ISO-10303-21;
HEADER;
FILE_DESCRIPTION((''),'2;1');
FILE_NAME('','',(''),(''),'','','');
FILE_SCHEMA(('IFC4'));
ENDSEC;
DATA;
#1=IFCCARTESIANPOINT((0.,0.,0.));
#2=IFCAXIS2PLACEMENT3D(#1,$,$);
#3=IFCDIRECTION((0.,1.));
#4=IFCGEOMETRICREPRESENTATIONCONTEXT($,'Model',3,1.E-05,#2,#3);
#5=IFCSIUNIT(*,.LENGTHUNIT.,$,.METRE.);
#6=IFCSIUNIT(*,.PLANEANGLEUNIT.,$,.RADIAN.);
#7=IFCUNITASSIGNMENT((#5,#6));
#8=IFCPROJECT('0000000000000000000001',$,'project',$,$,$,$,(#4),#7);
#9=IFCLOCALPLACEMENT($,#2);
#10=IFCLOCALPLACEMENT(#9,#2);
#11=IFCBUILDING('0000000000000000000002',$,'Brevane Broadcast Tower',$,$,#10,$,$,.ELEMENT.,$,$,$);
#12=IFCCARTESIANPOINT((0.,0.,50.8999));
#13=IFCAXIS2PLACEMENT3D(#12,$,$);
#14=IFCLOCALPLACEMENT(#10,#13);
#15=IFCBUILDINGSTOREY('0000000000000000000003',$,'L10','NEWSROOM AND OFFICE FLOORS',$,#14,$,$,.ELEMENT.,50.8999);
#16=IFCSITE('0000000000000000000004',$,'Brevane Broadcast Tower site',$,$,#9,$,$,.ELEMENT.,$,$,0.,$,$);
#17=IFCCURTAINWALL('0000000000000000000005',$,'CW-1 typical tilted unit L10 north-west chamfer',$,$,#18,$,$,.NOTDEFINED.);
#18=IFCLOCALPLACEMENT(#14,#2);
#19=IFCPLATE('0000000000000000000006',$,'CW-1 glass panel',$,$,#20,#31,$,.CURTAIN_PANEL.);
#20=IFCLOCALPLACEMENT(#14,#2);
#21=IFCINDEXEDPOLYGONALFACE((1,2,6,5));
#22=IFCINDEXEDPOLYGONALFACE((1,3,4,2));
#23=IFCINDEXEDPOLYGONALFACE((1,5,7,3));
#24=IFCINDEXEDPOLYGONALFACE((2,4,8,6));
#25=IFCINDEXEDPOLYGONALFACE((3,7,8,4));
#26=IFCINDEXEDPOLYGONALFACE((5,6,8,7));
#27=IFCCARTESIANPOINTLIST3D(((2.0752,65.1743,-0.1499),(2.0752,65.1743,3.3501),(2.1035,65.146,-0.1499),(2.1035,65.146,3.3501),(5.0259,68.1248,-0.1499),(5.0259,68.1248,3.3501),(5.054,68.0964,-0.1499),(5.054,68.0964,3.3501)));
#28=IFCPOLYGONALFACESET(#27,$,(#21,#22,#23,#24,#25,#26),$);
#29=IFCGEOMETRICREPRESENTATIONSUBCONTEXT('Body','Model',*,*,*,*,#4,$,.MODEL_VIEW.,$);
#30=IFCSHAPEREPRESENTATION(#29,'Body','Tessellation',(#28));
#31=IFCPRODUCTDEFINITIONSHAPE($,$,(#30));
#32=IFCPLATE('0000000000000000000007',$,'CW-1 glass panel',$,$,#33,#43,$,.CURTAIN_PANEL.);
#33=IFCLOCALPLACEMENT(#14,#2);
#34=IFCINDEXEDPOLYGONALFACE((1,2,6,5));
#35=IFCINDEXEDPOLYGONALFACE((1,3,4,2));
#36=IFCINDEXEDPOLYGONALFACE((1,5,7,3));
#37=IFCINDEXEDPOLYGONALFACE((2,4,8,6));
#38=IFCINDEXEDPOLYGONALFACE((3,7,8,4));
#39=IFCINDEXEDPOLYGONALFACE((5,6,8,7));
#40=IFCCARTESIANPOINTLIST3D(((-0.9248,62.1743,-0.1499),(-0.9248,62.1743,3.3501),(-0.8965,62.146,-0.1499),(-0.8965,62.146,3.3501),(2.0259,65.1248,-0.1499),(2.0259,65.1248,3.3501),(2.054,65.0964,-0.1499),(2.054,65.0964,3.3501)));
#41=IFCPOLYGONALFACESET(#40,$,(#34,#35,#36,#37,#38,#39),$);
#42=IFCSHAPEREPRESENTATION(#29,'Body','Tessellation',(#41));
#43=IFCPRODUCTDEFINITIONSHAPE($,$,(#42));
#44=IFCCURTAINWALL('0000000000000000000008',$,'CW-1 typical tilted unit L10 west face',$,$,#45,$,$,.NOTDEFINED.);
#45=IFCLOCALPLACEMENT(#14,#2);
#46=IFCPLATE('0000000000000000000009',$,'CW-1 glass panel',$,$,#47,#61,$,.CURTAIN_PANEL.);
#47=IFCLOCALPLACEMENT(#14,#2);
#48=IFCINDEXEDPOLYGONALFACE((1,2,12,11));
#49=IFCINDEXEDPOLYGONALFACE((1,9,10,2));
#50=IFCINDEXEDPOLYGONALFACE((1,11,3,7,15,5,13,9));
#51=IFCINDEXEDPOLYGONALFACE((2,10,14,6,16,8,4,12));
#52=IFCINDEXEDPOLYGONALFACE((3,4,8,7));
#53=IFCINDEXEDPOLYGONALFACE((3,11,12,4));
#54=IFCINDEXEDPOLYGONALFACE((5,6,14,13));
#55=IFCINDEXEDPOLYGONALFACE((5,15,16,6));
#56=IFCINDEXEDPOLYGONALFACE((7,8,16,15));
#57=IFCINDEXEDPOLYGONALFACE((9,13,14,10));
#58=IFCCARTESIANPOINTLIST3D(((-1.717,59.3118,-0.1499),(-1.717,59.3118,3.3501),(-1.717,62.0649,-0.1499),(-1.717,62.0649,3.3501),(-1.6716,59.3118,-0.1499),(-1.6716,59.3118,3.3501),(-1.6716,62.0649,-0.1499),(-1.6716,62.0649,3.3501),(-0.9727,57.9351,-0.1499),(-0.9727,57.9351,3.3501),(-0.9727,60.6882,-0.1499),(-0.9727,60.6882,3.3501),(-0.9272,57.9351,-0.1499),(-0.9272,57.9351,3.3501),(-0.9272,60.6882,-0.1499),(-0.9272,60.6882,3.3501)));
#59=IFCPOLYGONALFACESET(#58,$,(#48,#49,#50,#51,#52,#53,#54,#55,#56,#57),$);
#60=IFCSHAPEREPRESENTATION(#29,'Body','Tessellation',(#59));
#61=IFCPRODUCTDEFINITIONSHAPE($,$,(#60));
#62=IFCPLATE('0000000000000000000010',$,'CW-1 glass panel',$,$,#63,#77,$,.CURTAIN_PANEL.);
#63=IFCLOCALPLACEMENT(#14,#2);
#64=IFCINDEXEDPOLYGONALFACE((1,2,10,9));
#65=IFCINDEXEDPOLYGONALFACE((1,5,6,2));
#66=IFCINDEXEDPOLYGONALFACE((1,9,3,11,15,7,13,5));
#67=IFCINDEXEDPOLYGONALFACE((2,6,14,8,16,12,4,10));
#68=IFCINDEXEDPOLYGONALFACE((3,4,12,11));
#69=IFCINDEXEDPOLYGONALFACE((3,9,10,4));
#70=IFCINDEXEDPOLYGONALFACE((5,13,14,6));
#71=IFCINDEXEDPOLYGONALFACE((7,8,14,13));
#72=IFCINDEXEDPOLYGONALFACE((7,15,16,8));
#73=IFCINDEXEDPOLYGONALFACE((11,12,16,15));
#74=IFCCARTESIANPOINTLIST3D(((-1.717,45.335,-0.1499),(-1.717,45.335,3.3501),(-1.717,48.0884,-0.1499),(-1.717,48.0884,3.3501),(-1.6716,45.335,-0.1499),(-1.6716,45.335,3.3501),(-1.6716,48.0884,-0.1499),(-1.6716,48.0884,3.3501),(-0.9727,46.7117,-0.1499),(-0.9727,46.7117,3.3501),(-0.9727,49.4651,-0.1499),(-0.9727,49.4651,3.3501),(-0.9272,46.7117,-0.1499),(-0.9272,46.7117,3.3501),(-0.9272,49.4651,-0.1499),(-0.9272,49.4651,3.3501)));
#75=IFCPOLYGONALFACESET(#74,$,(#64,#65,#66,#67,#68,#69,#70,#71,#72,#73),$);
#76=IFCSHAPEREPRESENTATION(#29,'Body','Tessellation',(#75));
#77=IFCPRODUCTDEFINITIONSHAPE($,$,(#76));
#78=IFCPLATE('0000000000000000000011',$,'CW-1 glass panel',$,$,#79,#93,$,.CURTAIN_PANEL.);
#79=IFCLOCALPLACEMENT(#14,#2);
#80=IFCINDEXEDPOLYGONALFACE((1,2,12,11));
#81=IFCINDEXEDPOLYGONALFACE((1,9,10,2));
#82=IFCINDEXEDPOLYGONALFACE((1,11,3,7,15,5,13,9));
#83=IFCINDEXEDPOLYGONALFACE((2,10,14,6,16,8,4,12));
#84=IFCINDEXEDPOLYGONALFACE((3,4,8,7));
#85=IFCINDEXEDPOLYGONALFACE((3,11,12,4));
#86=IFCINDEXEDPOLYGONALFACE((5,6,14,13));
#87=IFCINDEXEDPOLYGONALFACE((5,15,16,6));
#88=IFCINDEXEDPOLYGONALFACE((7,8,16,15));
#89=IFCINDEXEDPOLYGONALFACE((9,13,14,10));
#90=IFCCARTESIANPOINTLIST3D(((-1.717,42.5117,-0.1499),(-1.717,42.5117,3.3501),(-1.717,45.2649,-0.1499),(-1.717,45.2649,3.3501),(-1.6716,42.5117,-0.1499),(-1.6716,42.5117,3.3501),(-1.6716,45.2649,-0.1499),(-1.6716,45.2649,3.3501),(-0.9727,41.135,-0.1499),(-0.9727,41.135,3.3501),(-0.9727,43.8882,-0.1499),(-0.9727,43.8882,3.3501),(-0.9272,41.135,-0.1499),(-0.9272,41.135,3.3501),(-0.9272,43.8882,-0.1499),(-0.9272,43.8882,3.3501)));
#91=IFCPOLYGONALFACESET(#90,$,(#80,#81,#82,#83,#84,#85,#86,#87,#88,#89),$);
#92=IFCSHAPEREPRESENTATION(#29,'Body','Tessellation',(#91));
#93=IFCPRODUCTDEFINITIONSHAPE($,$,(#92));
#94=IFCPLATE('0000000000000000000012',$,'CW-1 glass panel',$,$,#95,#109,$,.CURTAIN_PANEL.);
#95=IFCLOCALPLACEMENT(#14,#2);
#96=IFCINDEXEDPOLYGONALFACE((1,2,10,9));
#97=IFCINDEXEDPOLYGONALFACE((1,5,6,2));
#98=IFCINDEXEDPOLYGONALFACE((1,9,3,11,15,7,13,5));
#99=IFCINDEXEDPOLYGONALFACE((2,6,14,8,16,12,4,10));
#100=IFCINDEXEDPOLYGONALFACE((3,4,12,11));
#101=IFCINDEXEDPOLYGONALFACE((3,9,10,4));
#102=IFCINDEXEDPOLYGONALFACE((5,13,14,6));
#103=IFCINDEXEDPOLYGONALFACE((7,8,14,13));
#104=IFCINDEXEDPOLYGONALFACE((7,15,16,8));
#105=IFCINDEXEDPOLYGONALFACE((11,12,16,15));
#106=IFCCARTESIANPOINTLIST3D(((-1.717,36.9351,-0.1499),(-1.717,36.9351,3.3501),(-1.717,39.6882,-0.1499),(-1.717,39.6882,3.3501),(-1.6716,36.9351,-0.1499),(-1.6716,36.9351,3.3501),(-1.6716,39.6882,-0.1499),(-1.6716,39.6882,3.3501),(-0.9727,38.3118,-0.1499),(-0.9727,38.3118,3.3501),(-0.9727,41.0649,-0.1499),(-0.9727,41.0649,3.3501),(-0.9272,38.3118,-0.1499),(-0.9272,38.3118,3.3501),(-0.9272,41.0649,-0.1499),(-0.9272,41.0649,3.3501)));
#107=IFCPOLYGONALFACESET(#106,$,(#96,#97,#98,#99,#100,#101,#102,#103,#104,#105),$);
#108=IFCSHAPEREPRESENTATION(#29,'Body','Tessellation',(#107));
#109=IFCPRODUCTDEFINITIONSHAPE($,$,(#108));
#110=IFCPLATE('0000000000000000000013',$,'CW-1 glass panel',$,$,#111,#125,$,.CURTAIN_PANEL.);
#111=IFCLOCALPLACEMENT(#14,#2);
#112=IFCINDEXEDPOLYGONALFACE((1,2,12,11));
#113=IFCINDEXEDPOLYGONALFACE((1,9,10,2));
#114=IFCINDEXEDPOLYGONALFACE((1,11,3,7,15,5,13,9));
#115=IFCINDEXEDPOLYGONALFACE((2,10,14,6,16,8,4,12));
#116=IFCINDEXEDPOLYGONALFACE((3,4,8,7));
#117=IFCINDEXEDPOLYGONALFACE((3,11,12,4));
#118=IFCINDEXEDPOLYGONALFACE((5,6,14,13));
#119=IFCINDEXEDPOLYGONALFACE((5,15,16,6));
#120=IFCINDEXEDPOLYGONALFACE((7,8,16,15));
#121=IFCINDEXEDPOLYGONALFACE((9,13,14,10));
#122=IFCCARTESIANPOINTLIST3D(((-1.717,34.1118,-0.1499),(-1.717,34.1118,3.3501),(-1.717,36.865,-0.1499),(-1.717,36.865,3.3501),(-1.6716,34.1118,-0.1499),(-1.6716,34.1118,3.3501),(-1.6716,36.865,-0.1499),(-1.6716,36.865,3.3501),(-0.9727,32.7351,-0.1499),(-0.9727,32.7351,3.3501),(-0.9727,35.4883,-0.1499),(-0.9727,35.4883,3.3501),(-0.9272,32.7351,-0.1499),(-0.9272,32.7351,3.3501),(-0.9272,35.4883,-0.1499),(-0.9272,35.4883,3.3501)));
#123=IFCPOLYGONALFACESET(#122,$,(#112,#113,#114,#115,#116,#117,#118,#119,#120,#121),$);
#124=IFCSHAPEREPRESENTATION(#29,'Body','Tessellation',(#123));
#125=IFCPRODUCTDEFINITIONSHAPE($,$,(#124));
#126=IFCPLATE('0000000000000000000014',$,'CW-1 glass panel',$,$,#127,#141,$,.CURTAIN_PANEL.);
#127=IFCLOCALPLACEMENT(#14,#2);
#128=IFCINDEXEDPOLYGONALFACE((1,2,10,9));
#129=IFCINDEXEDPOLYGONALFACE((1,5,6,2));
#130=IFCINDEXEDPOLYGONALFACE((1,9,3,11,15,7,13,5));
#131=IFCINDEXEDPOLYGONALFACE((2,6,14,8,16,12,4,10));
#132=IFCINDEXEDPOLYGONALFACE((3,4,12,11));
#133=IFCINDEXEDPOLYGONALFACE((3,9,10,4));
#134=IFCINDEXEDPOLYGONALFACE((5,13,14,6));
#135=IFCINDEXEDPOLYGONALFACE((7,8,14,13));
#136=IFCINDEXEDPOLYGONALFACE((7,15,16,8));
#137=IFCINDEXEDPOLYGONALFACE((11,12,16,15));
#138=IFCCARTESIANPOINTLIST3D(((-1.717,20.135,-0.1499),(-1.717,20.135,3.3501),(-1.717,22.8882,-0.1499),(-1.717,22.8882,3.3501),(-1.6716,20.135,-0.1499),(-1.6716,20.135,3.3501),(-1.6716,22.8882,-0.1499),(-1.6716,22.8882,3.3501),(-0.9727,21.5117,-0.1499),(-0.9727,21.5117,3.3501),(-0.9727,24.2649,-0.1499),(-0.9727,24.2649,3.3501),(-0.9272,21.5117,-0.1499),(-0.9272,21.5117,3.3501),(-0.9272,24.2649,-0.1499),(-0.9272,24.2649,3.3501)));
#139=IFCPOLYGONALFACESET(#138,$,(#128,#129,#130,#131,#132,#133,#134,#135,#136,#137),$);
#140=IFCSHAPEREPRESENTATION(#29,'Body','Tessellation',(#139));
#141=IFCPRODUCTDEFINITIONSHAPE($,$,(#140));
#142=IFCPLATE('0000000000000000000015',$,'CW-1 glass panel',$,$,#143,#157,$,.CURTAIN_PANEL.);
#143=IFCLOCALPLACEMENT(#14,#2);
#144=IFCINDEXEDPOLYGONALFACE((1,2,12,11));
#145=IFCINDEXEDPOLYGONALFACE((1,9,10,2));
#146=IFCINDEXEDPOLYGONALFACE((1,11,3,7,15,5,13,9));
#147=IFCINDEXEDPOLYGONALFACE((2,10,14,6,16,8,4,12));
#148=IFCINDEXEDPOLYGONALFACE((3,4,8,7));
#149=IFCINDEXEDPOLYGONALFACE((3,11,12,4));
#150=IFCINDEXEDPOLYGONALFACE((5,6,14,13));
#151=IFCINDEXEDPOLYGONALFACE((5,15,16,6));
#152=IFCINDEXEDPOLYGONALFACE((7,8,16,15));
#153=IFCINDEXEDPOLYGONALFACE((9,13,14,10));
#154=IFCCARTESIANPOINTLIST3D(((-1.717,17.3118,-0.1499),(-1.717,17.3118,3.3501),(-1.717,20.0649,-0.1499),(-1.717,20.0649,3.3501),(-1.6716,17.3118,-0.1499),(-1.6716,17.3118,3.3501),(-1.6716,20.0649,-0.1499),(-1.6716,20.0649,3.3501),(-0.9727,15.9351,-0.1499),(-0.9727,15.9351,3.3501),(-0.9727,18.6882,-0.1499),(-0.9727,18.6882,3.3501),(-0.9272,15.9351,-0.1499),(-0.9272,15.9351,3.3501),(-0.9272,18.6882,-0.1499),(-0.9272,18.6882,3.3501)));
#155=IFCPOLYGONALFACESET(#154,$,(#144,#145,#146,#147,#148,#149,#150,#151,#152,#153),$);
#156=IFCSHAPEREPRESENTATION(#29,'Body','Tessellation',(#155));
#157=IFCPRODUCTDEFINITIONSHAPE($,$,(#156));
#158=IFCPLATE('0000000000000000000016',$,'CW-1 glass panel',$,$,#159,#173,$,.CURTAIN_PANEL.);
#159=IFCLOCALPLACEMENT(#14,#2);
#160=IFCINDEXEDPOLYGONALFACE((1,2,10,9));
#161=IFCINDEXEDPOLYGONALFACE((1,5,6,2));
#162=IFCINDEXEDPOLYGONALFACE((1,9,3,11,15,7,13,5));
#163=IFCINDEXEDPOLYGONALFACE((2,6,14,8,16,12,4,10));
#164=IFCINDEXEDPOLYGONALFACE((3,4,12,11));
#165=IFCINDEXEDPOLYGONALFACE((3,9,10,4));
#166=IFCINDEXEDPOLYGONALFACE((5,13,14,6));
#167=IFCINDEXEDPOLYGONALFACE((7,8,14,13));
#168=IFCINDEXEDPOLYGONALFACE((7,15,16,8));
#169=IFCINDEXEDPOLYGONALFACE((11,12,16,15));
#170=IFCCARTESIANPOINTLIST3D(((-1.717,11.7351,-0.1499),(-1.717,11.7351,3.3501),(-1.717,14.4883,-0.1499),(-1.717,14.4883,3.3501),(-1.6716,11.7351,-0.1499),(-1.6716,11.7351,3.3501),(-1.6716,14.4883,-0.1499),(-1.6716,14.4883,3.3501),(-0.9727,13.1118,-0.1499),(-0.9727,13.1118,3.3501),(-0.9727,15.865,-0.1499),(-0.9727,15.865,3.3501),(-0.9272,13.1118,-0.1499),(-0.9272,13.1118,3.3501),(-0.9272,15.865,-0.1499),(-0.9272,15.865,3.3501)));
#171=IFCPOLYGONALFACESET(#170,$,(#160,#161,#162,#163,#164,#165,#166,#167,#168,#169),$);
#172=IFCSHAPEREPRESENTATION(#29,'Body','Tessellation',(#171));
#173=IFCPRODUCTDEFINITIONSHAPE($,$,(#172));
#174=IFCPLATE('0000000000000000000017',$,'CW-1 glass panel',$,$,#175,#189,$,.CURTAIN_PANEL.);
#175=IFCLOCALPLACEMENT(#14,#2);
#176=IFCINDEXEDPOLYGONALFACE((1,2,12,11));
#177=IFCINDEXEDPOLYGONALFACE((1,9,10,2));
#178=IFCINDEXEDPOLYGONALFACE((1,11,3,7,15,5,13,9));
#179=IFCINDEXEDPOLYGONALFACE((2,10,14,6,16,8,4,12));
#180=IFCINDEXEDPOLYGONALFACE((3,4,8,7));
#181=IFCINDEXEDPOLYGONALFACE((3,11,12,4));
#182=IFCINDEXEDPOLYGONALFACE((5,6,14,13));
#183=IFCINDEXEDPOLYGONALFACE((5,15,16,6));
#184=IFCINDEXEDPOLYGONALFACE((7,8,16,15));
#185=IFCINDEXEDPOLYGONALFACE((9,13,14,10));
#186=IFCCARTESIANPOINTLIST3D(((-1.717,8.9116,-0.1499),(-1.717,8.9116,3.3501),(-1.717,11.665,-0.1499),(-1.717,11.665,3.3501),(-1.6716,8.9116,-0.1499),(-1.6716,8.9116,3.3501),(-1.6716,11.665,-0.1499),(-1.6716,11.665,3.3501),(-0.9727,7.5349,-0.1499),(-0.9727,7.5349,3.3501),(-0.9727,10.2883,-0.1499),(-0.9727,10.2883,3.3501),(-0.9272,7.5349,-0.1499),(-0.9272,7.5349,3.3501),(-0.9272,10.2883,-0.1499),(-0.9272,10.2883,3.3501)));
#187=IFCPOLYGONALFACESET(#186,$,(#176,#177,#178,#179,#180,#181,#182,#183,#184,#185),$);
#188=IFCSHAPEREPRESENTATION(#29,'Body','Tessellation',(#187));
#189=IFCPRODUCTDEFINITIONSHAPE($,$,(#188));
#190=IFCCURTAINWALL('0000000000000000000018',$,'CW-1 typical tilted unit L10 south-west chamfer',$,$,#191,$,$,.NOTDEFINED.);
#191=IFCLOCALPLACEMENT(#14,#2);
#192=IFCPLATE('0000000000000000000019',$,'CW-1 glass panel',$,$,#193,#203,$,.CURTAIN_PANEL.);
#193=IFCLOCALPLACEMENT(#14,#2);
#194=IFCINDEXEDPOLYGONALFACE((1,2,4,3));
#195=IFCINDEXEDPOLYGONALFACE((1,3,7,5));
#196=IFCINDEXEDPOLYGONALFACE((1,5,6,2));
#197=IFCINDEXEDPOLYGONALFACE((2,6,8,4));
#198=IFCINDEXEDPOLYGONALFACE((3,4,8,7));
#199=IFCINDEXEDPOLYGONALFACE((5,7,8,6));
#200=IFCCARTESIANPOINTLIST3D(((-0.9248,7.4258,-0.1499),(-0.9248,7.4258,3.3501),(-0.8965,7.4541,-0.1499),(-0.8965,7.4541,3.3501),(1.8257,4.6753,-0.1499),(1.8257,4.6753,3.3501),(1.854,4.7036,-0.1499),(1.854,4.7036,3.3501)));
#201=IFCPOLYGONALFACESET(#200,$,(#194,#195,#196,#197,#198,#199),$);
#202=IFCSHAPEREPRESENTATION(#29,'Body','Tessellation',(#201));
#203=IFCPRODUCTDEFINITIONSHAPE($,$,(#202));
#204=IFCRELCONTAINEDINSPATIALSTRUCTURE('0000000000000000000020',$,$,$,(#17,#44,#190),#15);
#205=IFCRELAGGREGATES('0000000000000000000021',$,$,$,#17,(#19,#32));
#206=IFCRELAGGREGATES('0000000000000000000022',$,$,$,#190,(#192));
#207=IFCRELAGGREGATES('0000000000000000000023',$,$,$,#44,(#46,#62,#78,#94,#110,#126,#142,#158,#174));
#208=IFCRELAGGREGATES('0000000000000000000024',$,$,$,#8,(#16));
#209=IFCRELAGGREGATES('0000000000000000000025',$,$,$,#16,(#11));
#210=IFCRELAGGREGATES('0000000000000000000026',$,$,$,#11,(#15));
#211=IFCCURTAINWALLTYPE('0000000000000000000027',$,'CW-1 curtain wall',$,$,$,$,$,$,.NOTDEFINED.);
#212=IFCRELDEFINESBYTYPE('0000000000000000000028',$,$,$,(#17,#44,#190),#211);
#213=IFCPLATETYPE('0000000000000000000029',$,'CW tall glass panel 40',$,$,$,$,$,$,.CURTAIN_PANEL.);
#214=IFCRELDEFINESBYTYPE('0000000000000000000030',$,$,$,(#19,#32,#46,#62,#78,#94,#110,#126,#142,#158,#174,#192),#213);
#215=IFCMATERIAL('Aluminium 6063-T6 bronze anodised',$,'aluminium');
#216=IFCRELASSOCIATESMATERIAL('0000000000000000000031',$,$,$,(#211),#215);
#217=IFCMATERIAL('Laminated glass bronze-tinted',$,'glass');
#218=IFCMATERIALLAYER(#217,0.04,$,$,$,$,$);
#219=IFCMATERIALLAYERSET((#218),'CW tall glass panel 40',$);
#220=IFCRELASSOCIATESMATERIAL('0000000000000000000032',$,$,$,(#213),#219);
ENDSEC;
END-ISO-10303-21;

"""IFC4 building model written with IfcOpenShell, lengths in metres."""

from ifc_helpers import new_model, si_unit, direction, frame, origin, place, context, subcontext, project, spatial, polyline, outline, extrude, material, layer, layer_set, type_object, element, aggregate, save


model = new_model("IFC4")

# Units and contexts
model_context = context("Model", 3, precision=1e-05, world=origin(), true_north=direction((0.0, 1.0)))
body_context = subcontext(model_context, "Body", "Model", "MODEL_VIEW")
ifc_project = project(units=[si_unit("LENGTHUNIT", "METRE"), si_unit("PLANEANGLEUNIT", "RADIAN")], contexts=[model_context])

# Site, building, storey
site_placement = place(None, origin())
site = spatial("IfcSite", under=ifc_project, at=site_placement, Name="Brevane Broadcast Tower site", CompositionType="ELEMENT", RefElevation=0.0)
building_placement = place(site_placement, origin())
building = spatial("IfcBuilding", under=site, at=building_placement, Name="Brevane Broadcast Tower", CompositionType="ELEMENT")
storey_placement = place(building_placement, frame((0.0, 0.0, 50.8999)))
storey = spatial("IfcBuildingStorey", under=building, at=storey_placement, Name="L10", Description="NEWSROOM AND OFFICE FLOORS", CompositionType="ELEMENT", Elevation=50.8999)

# Curtain walls, plates
ifc_material_1 = material(Name="Aluminium 6063-T6 bronze anodised", Category="aluminium")
curtain_wall_type = type_object("IfcCurtainWallType", Name="CW-1 curtain wall", PredefinedType="NOTDEFINED", material=ifc_material_1)
curtain_wall_1_placement = place(storey_placement, origin())
curtain_wall_1 = element("IfcCurtainWall", 1, at=curtain_wall_1_placement, inside=storey, type_object=curtain_wall_type, Name="CW-1 typical tilted unit L10 north-west chamfer", PredefinedType="NOTDEFINED")
ifc_material_2 = material(Name="Laminated glass bronze-tinted", Category="glass")
ifc_layer_1 = layer(ifc_material_2, 0.04)
ifc_layer_set_1 = layer_set([ifc_layer_1], Name="CW tall glass panel 40")
plate_type = type_object("IfcPlateType", Name="CW tall glass panel 40", PredefinedType="CURTAIN_PANEL", material=ifc_layer_set_1)
plate_1_placement = place(storey_placement, frame((0.0, 0.0, -0.1499)))
plate_1 = element("IfcPlate", 2, at=plate_1_placement, type_object=plate_type, Name="CW-1 glass panel", PredefinedType="CURTAIN_PANEL", context=body_context, shape_type="SweptSolid", body=[
    extrude(outline(polyline([(5.054, 68.0964), (2.1035, 65.146), (2.0752, 65.1743), (5.0259, 68.1248), (5.054, 68.0964)])), origin(), (0.0, 0.0, 1.0), 3.5),
])
plate_2_placement = place(storey_placement, frame((0.0, 0.0, -0.1499)))
plate_2 = element("IfcPlate", 3, at=plate_2_placement, type_object=plate_type, Name="CW-1 glass panel", PredefinedType="CURTAIN_PANEL", context=body_context, shape_type="SweptSolid", body=[
    extrude(outline(polyline([(2.054, 65.0964), (-0.8965, 62.146), (-0.9248, 62.1743), (2.0259, 65.1248), (2.054, 65.0964)])), origin(), (0.0, 0.0, 1.0), 3.5),
])
aggregate(curtain_wall_1, [plate_1, plate_2])
curtain_wall_2_placement = place(storey_placement, origin())
curtain_wall_2 = element("IfcCurtainWall", 4, at=curtain_wall_2_placement, inside=storey, type_object=curtain_wall_type, Name="CW-1 typical tilted unit L10 west face", PredefinedType="NOTDEFINED")
plate_3_placement = place(storey_placement, frame((0.0, 0.0, -0.1499)))
plate_3 = element("IfcPlate", 5, at=plate_3_placement, type_object=plate_type, Name="CW-1 glass panel", PredefinedType="CURTAIN_PANEL", context=body_context, shape_type="SweptSolid", body=[
    extrude(outline(polyline([(-1.6716, 62.0649), (-1.717, 62.0649), (-0.9727, 60.6882), (-1.717, 59.3118), (-0.9727, 57.9351), (-0.9272, 57.9351), (-1.6716, 59.3118), (-0.9272, 60.6882), (-1.6716, 62.0649)])), origin(), (0.0, 0.0, 1.0), 3.5),
])
plate_4_placement = place(storey_placement, frame((0.0, 0.0, -0.1499)))
plate_4 = element("IfcPlate", 6, at=plate_4_placement, type_object=plate_type, Name="CW-1 glass panel", PredefinedType="CURTAIN_PANEL", context=body_context, shape_type="SweptSolid", body=[
    extrude(outline(polyline([(-0.9272, 49.4651), (-0.9727, 49.4651), (-1.717, 48.0884), (-0.9727, 46.7117), (-1.717, 45.335), (-1.6716, 45.335), (-0.9272, 46.7117), (-1.6716, 48.0884), (-0.9272, 49.4651)])), origin(), (0.0, 0.0, 1.0), 3.5),
])
plate_5_placement = place(storey_placement, frame((0.0, 0.0, -0.1499)))
plate_5 = element("IfcPlate", 7, at=plate_5_placement, type_object=plate_type, Name="CW-1 glass panel", PredefinedType="CURTAIN_PANEL", context=body_context, shape_type="SweptSolid", body=[
    extrude(outline(polyline([(-1.6716, 45.2649), (-1.717, 45.2649), (-0.9727, 43.8882), (-1.717, 42.5117), (-0.9727, 41.135), (-0.9272, 41.135), (-1.6716, 42.5117), (-0.9272, 43.8882), (-1.6716, 45.2649)])), origin(), (0.0, 0.0, 1.0), 3.5),
])
plate_6_placement = place(storey_placement, frame((0.0, 0.0, -0.1499)))
plate_6 = element("IfcPlate", 8, at=plate_6_placement, type_object=plate_type, Name="CW-1 glass panel", PredefinedType="CURTAIN_PANEL", context=body_context, shape_type="SweptSolid", body=[
    extrude(outline(polyline([(-0.9272, 41.0649), (-0.9727, 41.0649), (-1.717, 39.6882), (-0.9727, 38.3118), (-1.717, 36.9351), (-1.6716, 36.9351), (-0.9272, 38.3118), (-1.6716, 39.6882), (-0.9272, 41.0649)])), origin(), (0.0, 0.0, 1.0), 3.5),
])
plate_7_placement = place(storey_placement, frame((0.0, 0.0, -0.1499)))
plate_7 = element("IfcPlate", 9, at=plate_7_placement, type_object=plate_type, Name="CW-1 glass panel", PredefinedType="CURTAIN_PANEL", context=body_context, shape_type="SweptSolid", body=[
    extrude(outline(polyline([(-1.6716, 36.865), (-1.717, 36.865), (-0.9727, 35.4883), (-1.717, 34.1118), (-0.9727, 32.7351), (-0.9272, 32.7351), (-1.6716, 34.1118), (-0.9272, 35.4883), (-1.6716, 36.865)])), origin(), (0.0, 0.0, 1.0), 3.5),
])
plate_8_placement = place(storey_placement, frame((0.0, 0.0, -0.1499)))
plate_8 = element("IfcPlate", 10, at=plate_8_placement, type_object=plate_type, Name="CW-1 glass panel", PredefinedType="CURTAIN_PANEL", context=body_context, shape_type="SweptSolid", body=[
    extrude(outline(polyline([(-0.9272, 24.2649), (-0.9727, 24.2649), (-1.717, 22.8882), (-0.9727, 21.5117), (-1.717, 20.135), (-1.6716, 20.135), (-0.9272, 21.5117), (-1.6716, 22.8882), (-0.9272, 24.2649)])), origin(), (0.0, 0.0, 1.0), 3.5),
])
plate_9_placement = place(storey_placement, frame((0.0, 0.0, -0.1499)))
plate_9 = element("IfcPlate", 11, at=plate_9_placement, type_object=plate_type, Name="CW-1 glass panel", PredefinedType="CURTAIN_PANEL", context=body_context, shape_type="SweptSolid", body=[
    extrude(outline(polyline([(-1.6716, 20.0649), (-1.717, 20.0649), (-0.9727, 18.6882), (-1.717, 17.3118), (-0.9727, 15.9351), (-0.9272, 15.9351), (-1.6716, 17.3118), (-0.9272, 18.6882), (-1.6716, 20.0649)])), origin(), (0.0, 0.0, 1.0), 3.5),
])
plate_10_placement = place(storey_placement, frame((0.0, 0.0, -0.1499)))
plate_10 = element("IfcPlate", 12, at=plate_10_placement, type_object=plate_type, Name="CW-1 glass panel", PredefinedType="CURTAIN_PANEL", context=body_context, shape_type="SweptSolid", body=[
    extrude(outline(polyline([(-0.9272, 15.865), (-0.9727, 15.865), (-1.717, 14.4883), (-0.9727, 13.1118), (-1.717, 11.7351), (-1.6716, 11.7351), (-0.9272, 13.1118), (-1.6716, 14.4883), (-0.9272, 15.865)])), origin(), (0.0, 0.0, 1.0), 3.5),
])
plate_11_placement = place(storey_placement, frame((0.0, 0.0, -0.1499)))
plate_11 = element("IfcPlate", 13, at=plate_11_placement, type_object=plate_type, Name="CW-1 glass panel", PredefinedType="CURTAIN_PANEL", context=body_context, shape_type="SweptSolid", body=[
    extrude(outline(polyline([(-1.6716, 11.665), (-1.717, 11.665), (-0.9727, 10.2883), (-1.717, 8.9116), (-0.9727, 7.5349), (-0.9272, 7.5349), (-1.6716, 8.9116), (-0.9272, 10.2883), (-1.6716, 11.665)])), origin(), (0.0, 0.0, 1.0), 3.5),
])
curtain_wall_3_placement = place(storey_placement, origin())
curtain_wall_3 = element("IfcCurtainWall", 14, at=curtain_wall_3_placement, inside=storey, type_object=curtain_wall_type, Name="CW-1 typical tilted unit L10 south-west chamfer", PredefinedType="NOTDEFINED")
plate_12_placement = place(storey_placement, frame((0.0, 0.0, -0.1499)))
plate_12 = element("IfcPlate", 15, at=plate_12_placement, type_object=plate_type, Name="CW-1 glass panel", PredefinedType="CURTAIN_PANEL", context=body_context, shape_type="SweptSolid", body=[
    extrude(outline(polyline([(-0.8965, 7.4541), (1.854, 4.7036), (1.8257, 4.6753), (-0.9248, 7.4258), (-0.8965, 7.4541)])), origin(), (0.0, 0.0, 1.0), 3.5),
])
aggregate(curtain_wall_3, [plate_12])

aggregate(curtain_wall_2, [plate_3, plate_4, plate_5, plate_6, plate_7, plate_8, plate_9, plate_10, plate_11])

save(model, "model.ifc")
